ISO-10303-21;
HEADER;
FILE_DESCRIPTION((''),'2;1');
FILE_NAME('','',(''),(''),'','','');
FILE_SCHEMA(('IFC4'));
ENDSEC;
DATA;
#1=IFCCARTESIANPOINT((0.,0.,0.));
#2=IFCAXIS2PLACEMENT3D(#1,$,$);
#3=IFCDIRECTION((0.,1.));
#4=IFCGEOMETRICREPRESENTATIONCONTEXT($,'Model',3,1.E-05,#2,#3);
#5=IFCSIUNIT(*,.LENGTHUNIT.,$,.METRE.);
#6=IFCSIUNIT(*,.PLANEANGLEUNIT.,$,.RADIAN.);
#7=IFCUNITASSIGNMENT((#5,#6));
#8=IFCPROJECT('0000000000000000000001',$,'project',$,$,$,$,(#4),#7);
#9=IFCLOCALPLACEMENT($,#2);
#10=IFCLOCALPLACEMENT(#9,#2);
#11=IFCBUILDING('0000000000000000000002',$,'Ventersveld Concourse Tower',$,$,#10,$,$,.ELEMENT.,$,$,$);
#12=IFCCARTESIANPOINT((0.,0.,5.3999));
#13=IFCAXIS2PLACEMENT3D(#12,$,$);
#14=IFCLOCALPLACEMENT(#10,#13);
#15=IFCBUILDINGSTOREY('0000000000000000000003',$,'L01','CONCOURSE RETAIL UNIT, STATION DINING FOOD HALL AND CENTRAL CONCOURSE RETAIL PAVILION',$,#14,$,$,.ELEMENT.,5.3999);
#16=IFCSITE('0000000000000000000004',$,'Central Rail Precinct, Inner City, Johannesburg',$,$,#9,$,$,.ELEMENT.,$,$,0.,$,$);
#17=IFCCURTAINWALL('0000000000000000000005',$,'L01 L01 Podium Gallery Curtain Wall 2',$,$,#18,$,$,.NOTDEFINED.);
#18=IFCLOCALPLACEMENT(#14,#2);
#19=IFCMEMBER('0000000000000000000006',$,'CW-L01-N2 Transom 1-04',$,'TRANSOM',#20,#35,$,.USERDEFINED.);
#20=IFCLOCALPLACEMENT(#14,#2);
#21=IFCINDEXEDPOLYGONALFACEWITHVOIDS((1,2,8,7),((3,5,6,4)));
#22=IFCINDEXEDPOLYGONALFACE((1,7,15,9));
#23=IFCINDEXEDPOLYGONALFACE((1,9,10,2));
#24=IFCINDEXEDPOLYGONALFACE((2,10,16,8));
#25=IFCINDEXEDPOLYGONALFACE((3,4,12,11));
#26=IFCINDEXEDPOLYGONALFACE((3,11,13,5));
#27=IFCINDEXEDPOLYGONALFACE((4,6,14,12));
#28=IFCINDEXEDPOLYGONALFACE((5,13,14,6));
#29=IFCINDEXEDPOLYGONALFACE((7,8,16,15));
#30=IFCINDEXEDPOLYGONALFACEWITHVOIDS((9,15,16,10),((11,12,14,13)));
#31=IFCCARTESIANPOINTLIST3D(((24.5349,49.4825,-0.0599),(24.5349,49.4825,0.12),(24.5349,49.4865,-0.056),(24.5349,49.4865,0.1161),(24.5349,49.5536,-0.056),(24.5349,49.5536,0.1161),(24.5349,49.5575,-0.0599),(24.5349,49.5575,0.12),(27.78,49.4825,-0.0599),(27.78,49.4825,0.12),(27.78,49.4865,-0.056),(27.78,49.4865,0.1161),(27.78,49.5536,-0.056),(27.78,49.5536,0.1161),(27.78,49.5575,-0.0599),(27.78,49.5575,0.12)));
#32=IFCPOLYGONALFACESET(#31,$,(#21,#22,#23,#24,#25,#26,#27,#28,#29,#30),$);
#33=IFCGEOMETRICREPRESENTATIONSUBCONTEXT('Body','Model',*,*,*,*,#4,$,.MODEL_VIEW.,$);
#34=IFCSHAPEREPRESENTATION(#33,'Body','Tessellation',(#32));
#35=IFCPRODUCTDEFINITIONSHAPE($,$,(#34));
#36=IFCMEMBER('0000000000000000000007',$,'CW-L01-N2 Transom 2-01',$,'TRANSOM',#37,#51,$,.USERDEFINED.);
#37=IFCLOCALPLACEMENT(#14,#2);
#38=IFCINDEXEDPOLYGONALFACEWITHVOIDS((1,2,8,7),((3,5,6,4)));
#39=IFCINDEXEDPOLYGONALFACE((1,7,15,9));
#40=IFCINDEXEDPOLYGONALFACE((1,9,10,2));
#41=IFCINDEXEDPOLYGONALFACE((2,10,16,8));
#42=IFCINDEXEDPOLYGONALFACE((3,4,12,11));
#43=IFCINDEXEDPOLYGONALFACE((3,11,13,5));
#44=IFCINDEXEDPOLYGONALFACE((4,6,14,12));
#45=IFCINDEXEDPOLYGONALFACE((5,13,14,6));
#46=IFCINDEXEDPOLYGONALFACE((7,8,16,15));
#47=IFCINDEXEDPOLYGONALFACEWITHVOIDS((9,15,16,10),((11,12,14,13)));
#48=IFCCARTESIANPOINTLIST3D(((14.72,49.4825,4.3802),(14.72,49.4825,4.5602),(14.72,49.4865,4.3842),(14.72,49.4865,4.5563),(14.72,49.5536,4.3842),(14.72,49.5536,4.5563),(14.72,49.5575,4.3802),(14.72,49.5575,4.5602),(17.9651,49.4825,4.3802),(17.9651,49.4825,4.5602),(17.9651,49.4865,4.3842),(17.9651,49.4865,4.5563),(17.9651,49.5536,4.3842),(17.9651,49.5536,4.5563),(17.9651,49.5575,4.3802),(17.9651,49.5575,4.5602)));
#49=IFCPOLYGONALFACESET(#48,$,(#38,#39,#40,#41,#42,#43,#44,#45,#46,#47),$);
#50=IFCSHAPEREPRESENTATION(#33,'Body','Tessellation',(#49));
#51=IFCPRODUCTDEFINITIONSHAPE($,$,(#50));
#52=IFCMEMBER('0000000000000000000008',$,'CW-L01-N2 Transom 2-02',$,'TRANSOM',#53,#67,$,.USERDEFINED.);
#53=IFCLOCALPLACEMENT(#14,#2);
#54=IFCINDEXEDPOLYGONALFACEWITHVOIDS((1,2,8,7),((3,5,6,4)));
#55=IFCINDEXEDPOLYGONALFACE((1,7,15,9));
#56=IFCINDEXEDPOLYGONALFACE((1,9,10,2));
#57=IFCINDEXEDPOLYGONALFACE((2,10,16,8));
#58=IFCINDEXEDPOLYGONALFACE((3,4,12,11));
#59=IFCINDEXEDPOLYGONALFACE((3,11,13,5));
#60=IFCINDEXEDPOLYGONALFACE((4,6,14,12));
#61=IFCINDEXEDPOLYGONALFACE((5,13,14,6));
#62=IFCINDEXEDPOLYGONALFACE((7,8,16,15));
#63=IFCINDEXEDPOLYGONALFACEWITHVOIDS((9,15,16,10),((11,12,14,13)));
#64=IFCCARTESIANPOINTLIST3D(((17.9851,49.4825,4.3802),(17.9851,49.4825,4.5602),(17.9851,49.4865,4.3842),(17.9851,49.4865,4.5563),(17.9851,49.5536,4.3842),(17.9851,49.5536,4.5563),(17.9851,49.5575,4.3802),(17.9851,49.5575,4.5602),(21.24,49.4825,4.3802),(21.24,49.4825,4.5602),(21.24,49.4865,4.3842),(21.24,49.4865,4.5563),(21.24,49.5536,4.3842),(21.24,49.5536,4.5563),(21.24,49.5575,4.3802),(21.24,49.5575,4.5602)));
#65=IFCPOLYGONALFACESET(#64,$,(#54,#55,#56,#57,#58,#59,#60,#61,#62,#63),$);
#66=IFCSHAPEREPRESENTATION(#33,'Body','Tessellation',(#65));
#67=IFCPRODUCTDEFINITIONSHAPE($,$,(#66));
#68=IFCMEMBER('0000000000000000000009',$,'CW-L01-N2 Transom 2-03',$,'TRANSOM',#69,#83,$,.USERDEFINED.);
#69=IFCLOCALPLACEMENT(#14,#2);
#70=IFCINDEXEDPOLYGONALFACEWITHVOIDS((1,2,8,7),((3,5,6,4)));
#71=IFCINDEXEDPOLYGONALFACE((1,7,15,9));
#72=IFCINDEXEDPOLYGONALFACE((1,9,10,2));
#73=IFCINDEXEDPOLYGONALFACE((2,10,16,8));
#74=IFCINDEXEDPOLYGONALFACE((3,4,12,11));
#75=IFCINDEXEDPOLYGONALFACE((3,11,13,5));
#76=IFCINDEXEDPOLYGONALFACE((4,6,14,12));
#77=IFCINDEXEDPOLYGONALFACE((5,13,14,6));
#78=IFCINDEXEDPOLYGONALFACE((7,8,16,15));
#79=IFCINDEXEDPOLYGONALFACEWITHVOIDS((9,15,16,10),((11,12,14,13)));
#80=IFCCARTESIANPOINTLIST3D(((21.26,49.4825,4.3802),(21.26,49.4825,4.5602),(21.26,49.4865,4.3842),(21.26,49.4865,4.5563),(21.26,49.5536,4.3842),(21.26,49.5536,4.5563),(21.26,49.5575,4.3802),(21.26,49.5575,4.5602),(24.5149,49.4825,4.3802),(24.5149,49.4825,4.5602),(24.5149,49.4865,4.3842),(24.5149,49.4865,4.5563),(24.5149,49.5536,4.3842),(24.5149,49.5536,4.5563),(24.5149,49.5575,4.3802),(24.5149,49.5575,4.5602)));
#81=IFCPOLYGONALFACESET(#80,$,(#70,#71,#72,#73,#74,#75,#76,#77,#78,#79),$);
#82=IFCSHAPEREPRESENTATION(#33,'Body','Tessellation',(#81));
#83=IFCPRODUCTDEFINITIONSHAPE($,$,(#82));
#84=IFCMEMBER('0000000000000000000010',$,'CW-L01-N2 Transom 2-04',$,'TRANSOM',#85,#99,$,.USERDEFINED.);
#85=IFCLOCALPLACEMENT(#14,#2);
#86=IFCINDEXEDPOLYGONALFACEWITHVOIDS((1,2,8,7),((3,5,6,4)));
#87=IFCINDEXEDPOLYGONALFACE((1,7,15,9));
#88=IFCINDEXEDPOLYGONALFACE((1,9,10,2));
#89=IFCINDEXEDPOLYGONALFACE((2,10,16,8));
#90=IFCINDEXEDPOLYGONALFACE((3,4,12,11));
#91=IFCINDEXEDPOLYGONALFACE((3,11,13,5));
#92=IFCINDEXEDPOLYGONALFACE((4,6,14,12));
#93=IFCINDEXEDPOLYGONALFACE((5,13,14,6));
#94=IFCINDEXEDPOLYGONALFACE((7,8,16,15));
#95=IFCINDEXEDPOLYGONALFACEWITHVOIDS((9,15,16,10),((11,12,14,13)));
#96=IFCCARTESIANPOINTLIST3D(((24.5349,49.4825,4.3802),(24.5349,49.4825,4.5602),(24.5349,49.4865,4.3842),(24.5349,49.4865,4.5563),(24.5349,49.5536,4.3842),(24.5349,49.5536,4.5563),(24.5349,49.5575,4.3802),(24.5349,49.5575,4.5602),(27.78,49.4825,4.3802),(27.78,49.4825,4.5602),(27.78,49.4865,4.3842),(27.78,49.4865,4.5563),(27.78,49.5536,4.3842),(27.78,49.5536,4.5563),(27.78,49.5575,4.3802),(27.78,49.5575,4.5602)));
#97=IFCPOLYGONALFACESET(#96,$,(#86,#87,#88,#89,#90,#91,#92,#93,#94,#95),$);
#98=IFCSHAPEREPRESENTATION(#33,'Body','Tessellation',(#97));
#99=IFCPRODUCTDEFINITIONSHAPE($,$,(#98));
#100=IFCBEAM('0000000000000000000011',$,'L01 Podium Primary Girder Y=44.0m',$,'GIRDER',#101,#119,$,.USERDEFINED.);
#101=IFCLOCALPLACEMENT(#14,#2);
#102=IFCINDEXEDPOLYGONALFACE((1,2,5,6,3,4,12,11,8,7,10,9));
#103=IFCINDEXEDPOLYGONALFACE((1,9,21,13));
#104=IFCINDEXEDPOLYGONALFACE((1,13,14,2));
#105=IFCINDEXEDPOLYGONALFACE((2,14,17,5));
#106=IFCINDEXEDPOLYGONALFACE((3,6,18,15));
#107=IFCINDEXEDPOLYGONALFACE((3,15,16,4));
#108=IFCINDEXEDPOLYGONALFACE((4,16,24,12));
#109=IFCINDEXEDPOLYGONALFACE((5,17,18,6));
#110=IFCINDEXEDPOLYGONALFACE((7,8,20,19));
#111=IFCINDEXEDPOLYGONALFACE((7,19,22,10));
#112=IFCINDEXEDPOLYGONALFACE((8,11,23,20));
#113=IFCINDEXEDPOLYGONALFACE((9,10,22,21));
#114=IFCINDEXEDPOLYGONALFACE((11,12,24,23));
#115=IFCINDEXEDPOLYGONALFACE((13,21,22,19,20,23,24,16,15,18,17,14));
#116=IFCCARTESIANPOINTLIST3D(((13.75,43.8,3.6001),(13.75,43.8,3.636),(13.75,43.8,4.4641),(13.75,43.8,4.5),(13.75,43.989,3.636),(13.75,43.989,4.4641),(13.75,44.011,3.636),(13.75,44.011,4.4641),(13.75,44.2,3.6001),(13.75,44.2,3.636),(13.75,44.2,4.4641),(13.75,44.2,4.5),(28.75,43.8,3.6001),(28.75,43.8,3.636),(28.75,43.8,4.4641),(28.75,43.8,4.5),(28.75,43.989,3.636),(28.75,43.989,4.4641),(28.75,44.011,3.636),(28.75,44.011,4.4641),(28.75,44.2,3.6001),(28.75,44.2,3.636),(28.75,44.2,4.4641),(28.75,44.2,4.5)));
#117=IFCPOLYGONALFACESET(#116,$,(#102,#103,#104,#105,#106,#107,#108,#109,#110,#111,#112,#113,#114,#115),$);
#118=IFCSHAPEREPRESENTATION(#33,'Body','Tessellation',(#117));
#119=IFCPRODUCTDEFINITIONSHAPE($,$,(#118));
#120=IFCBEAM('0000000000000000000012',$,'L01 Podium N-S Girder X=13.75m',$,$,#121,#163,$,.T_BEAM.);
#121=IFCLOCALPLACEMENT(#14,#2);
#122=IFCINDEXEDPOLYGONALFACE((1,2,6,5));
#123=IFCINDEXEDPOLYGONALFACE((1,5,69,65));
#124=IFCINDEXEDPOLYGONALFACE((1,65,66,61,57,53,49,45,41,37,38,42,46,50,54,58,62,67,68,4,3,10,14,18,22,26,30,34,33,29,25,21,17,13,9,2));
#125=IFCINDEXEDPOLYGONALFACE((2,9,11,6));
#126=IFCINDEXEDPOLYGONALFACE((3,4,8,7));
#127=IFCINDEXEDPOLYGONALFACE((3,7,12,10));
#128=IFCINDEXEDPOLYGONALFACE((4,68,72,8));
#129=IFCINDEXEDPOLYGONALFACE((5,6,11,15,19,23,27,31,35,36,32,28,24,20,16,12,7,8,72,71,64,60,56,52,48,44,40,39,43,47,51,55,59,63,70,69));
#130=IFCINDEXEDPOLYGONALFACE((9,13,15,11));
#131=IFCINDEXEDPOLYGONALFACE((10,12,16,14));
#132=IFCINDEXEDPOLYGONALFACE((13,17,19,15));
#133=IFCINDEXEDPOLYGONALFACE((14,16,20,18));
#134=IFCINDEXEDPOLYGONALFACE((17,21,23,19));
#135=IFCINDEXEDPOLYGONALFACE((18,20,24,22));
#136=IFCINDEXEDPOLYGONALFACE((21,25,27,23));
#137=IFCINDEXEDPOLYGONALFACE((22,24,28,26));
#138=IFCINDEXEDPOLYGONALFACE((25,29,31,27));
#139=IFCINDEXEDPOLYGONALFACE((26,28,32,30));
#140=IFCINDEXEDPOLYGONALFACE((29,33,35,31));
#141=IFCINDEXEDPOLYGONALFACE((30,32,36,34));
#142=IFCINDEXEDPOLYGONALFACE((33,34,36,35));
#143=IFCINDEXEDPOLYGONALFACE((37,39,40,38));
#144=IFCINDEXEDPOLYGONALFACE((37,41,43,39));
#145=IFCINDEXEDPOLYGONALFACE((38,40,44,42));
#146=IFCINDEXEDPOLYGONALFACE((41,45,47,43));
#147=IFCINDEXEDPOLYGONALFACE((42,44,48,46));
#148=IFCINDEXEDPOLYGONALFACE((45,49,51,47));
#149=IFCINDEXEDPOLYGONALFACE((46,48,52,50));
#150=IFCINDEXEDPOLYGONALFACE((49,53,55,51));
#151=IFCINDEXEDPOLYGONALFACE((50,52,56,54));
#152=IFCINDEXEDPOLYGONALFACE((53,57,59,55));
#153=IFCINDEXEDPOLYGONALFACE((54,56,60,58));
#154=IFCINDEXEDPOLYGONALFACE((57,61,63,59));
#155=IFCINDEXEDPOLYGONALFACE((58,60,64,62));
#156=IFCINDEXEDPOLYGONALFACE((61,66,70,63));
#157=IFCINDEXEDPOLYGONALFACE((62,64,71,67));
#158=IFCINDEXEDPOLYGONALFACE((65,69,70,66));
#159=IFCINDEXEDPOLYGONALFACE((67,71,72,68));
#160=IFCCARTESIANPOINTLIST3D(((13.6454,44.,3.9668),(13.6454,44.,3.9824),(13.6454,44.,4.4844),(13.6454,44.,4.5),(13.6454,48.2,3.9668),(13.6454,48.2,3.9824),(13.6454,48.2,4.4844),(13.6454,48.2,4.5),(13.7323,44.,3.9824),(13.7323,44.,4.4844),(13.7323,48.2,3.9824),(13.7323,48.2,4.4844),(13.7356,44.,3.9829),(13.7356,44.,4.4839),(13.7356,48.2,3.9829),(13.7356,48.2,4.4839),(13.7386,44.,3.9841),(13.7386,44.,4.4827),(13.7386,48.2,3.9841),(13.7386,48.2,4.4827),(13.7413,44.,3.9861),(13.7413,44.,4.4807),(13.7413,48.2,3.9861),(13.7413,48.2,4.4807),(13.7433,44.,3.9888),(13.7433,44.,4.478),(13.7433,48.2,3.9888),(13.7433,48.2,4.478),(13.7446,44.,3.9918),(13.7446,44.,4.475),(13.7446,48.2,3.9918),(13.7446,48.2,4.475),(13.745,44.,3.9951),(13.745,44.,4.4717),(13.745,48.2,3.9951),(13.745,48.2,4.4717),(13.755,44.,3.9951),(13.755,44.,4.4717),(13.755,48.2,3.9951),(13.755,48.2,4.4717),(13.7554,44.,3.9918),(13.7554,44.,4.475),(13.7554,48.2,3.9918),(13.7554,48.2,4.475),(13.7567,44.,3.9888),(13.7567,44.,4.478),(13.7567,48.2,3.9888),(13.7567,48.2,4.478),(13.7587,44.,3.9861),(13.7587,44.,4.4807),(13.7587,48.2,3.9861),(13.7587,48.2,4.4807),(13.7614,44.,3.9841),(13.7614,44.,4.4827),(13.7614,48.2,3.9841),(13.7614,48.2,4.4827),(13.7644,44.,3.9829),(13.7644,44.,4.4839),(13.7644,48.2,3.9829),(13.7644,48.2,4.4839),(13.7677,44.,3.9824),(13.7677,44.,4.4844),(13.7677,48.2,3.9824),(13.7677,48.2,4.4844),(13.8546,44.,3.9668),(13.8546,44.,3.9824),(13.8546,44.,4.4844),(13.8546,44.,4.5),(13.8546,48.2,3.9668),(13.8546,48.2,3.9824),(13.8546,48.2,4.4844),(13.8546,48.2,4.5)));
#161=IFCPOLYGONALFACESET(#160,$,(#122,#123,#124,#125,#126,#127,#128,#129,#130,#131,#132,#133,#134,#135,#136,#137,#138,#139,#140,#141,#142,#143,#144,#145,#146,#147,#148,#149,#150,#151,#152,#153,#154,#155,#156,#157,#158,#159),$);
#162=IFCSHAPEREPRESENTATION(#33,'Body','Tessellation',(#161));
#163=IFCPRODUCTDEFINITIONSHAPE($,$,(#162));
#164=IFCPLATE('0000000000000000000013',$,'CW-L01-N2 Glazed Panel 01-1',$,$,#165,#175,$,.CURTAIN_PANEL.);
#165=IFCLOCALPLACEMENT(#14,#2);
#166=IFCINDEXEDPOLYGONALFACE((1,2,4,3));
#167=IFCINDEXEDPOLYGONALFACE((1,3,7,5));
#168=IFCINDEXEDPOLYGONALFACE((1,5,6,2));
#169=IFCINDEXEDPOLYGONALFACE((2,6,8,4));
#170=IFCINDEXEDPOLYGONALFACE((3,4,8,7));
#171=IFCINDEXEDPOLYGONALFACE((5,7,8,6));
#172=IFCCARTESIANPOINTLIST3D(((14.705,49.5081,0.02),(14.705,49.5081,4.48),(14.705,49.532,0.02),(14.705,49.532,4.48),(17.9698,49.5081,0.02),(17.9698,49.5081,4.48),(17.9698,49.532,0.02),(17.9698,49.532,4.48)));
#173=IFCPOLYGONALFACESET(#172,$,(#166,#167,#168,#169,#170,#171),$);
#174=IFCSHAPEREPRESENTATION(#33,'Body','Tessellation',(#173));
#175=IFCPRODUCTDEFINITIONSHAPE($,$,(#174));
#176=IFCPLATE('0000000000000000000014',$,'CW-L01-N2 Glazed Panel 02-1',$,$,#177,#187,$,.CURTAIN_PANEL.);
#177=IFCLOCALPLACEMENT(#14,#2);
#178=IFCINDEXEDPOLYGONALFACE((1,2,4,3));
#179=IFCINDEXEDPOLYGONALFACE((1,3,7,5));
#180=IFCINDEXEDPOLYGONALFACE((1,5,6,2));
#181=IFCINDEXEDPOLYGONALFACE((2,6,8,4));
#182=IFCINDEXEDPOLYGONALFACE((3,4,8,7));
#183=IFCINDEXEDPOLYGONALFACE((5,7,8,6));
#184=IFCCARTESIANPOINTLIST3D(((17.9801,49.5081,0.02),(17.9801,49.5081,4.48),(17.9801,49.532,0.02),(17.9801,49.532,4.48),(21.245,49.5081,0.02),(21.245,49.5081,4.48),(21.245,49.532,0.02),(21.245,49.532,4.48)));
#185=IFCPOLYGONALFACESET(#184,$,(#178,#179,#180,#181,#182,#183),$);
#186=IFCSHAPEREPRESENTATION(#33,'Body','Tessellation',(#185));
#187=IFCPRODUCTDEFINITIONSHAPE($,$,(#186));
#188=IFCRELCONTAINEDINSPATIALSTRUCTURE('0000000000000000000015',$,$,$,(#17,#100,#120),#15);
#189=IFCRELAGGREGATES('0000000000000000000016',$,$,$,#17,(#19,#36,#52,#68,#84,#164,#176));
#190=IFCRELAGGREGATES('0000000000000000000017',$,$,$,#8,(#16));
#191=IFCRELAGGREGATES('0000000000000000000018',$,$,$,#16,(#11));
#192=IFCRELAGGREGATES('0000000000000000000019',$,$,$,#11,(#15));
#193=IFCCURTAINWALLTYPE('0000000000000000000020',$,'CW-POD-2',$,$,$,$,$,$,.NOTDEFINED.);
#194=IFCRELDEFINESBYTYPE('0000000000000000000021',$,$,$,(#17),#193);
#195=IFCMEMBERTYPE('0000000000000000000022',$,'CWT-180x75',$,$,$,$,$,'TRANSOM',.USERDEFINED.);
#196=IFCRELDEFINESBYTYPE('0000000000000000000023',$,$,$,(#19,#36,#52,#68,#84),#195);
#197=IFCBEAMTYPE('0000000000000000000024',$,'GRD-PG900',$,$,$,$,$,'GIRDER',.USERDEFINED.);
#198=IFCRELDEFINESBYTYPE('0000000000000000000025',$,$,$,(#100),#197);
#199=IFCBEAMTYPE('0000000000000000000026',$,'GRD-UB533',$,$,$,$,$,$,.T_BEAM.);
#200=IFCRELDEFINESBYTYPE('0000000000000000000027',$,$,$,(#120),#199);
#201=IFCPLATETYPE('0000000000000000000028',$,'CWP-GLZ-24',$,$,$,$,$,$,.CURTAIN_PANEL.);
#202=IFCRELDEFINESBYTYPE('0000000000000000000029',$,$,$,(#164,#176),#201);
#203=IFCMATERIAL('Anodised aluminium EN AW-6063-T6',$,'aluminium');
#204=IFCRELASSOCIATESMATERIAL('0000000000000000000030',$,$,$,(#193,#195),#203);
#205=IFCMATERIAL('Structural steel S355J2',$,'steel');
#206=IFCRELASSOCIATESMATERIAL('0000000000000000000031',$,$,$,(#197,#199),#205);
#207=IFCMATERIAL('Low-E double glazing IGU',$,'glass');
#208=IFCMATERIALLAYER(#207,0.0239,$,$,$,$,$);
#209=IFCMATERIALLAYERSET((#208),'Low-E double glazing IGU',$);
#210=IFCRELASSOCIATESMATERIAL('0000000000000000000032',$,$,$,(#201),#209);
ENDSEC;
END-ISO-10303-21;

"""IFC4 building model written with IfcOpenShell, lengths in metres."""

from ifc_helpers import new_model, si_unit, direction, frame, origin, origin_2d, place, context, subcontext, project, spatial, rectangle, hollow_rectangle, i_section, extrude, material, layer, layer_set, material_profile, profile_set, type_object, element, aggregate, save


model = new_model("IFC4")

# Units and contexts
model_context = context("Model", 3, precision=1e-05, world=origin(), true_north=direction((0.0, 1.0)))
body_context = subcontext(model_context, "Body", "Model", "MODEL_VIEW")
ifc_project = project(units=[si_unit("LENGTHUNIT", "METRE"), si_unit("PLANEANGLEUNIT", "RADIAN")], contexts=[model_context])

# Site, building, storey
site_placement = place(None, origin())
site = spatial("IfcSite", under=ifc_project, at=site_placement, Name="Central Rail Precinct, Inner City, Johannesburg", CompositionType="ELEMENT", RefElevation=0.0)
building_placement = place(site_placement, origin())
building = spatial("IfcBuilding", under=site, at=building_placement, Name="Ventersveld Concourse Tower", CompositionType="ELEMENT")
storey_placement = place(building_placement, frame((0.0, 0.0, 5.3999)))
storey = spatial("IfcBuildingStorey", under=building, at=storey_placement, Name="L01", Description="CONCOURSE RETAIL UNIT, STATION DINING FOOD HALL AND CENTRAL CONCOURSE RETAIL PAVILION", CompositionType="ELEMENT", Elevation=5.3999)

# Curtain wall, members
ifc_material_1 = material(Name="Anodised aluminium EN AW-6063-T6", Category="aluminium")
curtain_wall_type = type_object("IfcCurtainWallType", Name="CW-POD-2", PredefinedType="NOTDEFINED", material=ifc_material_1)
curtain_wall_placement = place(storey_placement, origin())
curtain_wall = element("IfcCurtainWall", 1, at=curtain_wall_placement, inside=storey, type_object=curtain_wall_type, Name="L01 L01 Podium Gallery Curtain Wall 2", PredefinedType="NOTDEFINED")
ifc_material_profile_1 = material_profile(ifc_material_1, hollow_rectangle(XDim=0.075, YDim=0.1799, WallThickness=0.0039, at=origin_2d()), Name="ALU 180x75x4")
ifc_profile_set_1 = profile_set([ifc_material_profile_1], Name="Anodised aluminium EN AW-6063-T6")
member_type_1 = type_object("IfcMemberType", Name="CWT-180x75", ElementType="TRANSOM", PredefinedType="USERDEFINED", material=ifc_profile_set_1)
member_1_placement = place(storey_placement, frame((24.5349, 49.52, 0.03), z_axis=(1.0, 0.0, 0.0), x_axis=(0.0, 1.0, 0.0)))
member_1 = element("IfcMember", 2, at=member_1_placement, type_object=member_type_1, Name="CW-L01-N2 Transom 1-04", ObjectType="TRANSOM", PredefinedType="USERDEFINED", context=body_context, shape_type="SweptSolid", body=[
    extrude(hollow_rectangle(XDim=0.075, YDim=0.1799, WallThickness=0.0039, at=origin_2d()), origin(), (0.0, 0.0, 1.0), 3.2451),
])
member_2_placement = place(storey_placement, frame((14.72, 49.52, 4.4702), z_axis=(1.0, 0.0, 0.0), x_axis=(0.0, 1.0, 0.0)))
member_2 = element("IfcMember", 3, at=member_2_placement, type_object=member_type_1, Name="CW-L01-N2 Transom 2-01", ObjectType="TRANSOM", PredefinedType="USERDEFINED", context=body_context, shape_type="SweptSolid", body=[
    extrude(hollow_rectangle(XDim=0.075, YDim=0.1799, WallThickness=0.0039, at=origin_2d()), origin(), (0.0, 0.0, 1.0), 3.2451),
])
member_3_placement = place(storey_placement, frame((17.9851, 49.52, 4.4702), z_axis=(1.0, 0.0, 0.0), x_axis=(0.0, 1.0, 0.0)))
member_3 = element("IfcMember", 4, at=member_3_placement, type_object=member_type_1, Name="CW-L01-N2 Transom 2-02", ObjectType="TRANSOM", PredefinedType="USERDEFINED", context=body_context, shape_type="SweptSolid", body=[
    extrude(hollow_rectangle(XDim=0.075, YDim=0.1799, WallThickness=0.0039, at=origin_2d()), origin(), (0.0, 0.0, 1.0), 3.2549),
])
member_4_placement = place(storey_placement, frame((21.26, 49.52, 4.4702), z_axis=(1.0, 0.0, 0.0), x_axis=(0.0, 1.0, 0.0)))
member_4 = element("IfcMember", 5, at=member_4_placement, type_object=member_type_1, Name="CW-L01-N2 Transom 2-03", ObjectType="TRANSOM", PredefinedType="USERDEFINED", context=body_context, shape_type="SweptSolid", body=[
    extrude(hollow_rectangle(XDim=0.075, YDim=0.1799, WallThickness=0.0039, at=origin_2d()), origin(), (0.0, 0.0, 1.0), 3.2549),
])
member_5_placement = place(storey_placement, frame((24.5349, 49.52, 4.4702), z_axis=(1.0, 0.0, 0.0), x_axis=(0.0, 1.0, 0.0)))
member_5 = element("IfcMember", 6, at=member_5_placement, type_object=member_type_1, Name="CW-L01-N2 Transom 2-04", ObjectType="TRANSOM", PredefinedType="USERDEFINED", context=body_context, shape_type="SweptSolid", body=[
    extrude(hollow_rectangle(XDim=0.075, YDim=0.1799, WallThickness=0.0039, at=origin_2d()), origin(), (0.0, 0.0, 1.0), 3.2451),
])

# Beams
ifc_material_2 = material(Name="Structural steel S355J2", Category="steel")
ifc_material_profile_2 = material_profile(ifc_material_2, i_section(OverallWidth=0.3999, OverallDepth=0.8999, WebThickness=0.022, FlangeThickness=0.0359, at=origin_2d()), Name="PG 900x400x36")
ifc_profile_set_2 = profile_set([ifc_material_profile_2], Name="Structural steel S355J2")
beam_type_1 = type_object("IfcBeamType", Name="GRD-PG900", ElementType="GIRDER", PredefinedType="USERDEFINED", material=ifc_profile_set_2)
beam_1_placement = place(storey_placement, frame((13.75, 44.0, 4.05), z_axis=(1.0, 0.0, 0.0), x_axis=(0.0, 1.0, 0.0)))
element("IfcBeam", 7, at=beam_1_placement, inside=storey, type_object=beam_type_1, Name="L01 Podium Primary Girder Y=44.0m", ObjectType="GIRDER", PredefinedType="USERDEFINED", context=body_context, shape_type="SweptSolid", body=[
    extrude(i_section(OverallWidth=0.3999, OverallDepth=0.8999, WebThickness=0.022, FlangeThickness=0.0359, at=origin_2d()), origin(), (0.0, 0.0, 1.0), 15.0),
])
ifc_material_profile_3 = material_profile(ifc_material_2, i_section(OverallWidth=0.2092, OverallDepth=0.5332, WebThickness=0.01, FlangeThickness=0.0156, FilletRadius=0.0127, at=origin_2d()), Name="UB 533x210x92")
ifc_profile_set_3 = profile_set([ifc_material_profile_3], Name="Structural steel S355J2")
beam_type_2 = type_object("IfcBeamType", Name="GRD-UB533", PredefinedType="T_BEAM", material=ifc_profile_set_3)
beam_2_placement = place(storey_placement, frame((13.75, 44.0, 4.2334), z_axis=(0.0, 1.0, 0.0), x_axis=(-1.0, 0.0, 0.0)))
element("IfcBeam", 8, at=beam_2_placement, inside=storey, type_object=beam_type_2, Name="L01 Podium N-S Girder X=13.75m", PredefinedType="T_BEAM", context=body_context, shape_type="SweptSolid", body=[
    extrude(i_section(OverallWidth=0.2092, OverallDepth=0.5332, WebThickness=0.01, FlangeThickness=0.0156, FilletRadius=0.0127, at=origin_2d()), origin(), (0.0, 0.0, 1.0), 4.2),
])

# Plates
ifc_material_3 = material(Name="Low-E double glazing IGU", Category="glass")
ifc_layer_1 = layer(ifc_material_3, 0.0239)
ifc_layer_set_1 = layer_set([ifc_layer_1], Name="Low-E double glazing IGU")
plate_type = type_object("IfcPlateType", Name="CWP-GLZ-24", PredefinedType="CURTAIN_PANEL", material=ifc_layer_set_1)
plate_1_placement = place(storey_placement, frame((16.3374, 49.52, 0.02), z_axis=(0.0, 0.0, 1.0), x_axis=(1.0, 0.0, 0.0)))
plate_1 = element("IfcPlate", 9, at=plate_1_placement, type_object=plate_type, Name="CW-L01-N2 Glazed Panel 01-1", PredefinedType="CURTAIN_PANEL", context=body_context, shape_type="SweptSolid", body=[
    extrude(rectangle(XDim=3.2649, YDim=0.0239, at=origin_2d()), origin(), (0.0, 0.0, 1.0), 4.46),
])
plate_2_placement = place(storey_placement, frame((19.6125, 49.52, 0.02), z_axis=(0.0, 0.0, 1.0), x_axis=(1.0, 0.0, 0.0)))
plate_2 = element("IfcPlate", 10, at=plate_2_placement, type_object=plate_type, Name="CW-L01-N2 Glazed Panel 02-1", PredefinedType="CURTAIN_PANEL", context=body_context, shape_type="SweptSolid", body=[
    extrude(rectangle(XDim=3.2649, YDim=0.0239, at=origin_2d()), origin(), (0.0, 0.0, 1.0), 4.46),
])
aggregate(curtain_wall, [member_1, member_2, member_3, member_4, member_5, plate_1, plate_2])

save(model, "model.ifc")
